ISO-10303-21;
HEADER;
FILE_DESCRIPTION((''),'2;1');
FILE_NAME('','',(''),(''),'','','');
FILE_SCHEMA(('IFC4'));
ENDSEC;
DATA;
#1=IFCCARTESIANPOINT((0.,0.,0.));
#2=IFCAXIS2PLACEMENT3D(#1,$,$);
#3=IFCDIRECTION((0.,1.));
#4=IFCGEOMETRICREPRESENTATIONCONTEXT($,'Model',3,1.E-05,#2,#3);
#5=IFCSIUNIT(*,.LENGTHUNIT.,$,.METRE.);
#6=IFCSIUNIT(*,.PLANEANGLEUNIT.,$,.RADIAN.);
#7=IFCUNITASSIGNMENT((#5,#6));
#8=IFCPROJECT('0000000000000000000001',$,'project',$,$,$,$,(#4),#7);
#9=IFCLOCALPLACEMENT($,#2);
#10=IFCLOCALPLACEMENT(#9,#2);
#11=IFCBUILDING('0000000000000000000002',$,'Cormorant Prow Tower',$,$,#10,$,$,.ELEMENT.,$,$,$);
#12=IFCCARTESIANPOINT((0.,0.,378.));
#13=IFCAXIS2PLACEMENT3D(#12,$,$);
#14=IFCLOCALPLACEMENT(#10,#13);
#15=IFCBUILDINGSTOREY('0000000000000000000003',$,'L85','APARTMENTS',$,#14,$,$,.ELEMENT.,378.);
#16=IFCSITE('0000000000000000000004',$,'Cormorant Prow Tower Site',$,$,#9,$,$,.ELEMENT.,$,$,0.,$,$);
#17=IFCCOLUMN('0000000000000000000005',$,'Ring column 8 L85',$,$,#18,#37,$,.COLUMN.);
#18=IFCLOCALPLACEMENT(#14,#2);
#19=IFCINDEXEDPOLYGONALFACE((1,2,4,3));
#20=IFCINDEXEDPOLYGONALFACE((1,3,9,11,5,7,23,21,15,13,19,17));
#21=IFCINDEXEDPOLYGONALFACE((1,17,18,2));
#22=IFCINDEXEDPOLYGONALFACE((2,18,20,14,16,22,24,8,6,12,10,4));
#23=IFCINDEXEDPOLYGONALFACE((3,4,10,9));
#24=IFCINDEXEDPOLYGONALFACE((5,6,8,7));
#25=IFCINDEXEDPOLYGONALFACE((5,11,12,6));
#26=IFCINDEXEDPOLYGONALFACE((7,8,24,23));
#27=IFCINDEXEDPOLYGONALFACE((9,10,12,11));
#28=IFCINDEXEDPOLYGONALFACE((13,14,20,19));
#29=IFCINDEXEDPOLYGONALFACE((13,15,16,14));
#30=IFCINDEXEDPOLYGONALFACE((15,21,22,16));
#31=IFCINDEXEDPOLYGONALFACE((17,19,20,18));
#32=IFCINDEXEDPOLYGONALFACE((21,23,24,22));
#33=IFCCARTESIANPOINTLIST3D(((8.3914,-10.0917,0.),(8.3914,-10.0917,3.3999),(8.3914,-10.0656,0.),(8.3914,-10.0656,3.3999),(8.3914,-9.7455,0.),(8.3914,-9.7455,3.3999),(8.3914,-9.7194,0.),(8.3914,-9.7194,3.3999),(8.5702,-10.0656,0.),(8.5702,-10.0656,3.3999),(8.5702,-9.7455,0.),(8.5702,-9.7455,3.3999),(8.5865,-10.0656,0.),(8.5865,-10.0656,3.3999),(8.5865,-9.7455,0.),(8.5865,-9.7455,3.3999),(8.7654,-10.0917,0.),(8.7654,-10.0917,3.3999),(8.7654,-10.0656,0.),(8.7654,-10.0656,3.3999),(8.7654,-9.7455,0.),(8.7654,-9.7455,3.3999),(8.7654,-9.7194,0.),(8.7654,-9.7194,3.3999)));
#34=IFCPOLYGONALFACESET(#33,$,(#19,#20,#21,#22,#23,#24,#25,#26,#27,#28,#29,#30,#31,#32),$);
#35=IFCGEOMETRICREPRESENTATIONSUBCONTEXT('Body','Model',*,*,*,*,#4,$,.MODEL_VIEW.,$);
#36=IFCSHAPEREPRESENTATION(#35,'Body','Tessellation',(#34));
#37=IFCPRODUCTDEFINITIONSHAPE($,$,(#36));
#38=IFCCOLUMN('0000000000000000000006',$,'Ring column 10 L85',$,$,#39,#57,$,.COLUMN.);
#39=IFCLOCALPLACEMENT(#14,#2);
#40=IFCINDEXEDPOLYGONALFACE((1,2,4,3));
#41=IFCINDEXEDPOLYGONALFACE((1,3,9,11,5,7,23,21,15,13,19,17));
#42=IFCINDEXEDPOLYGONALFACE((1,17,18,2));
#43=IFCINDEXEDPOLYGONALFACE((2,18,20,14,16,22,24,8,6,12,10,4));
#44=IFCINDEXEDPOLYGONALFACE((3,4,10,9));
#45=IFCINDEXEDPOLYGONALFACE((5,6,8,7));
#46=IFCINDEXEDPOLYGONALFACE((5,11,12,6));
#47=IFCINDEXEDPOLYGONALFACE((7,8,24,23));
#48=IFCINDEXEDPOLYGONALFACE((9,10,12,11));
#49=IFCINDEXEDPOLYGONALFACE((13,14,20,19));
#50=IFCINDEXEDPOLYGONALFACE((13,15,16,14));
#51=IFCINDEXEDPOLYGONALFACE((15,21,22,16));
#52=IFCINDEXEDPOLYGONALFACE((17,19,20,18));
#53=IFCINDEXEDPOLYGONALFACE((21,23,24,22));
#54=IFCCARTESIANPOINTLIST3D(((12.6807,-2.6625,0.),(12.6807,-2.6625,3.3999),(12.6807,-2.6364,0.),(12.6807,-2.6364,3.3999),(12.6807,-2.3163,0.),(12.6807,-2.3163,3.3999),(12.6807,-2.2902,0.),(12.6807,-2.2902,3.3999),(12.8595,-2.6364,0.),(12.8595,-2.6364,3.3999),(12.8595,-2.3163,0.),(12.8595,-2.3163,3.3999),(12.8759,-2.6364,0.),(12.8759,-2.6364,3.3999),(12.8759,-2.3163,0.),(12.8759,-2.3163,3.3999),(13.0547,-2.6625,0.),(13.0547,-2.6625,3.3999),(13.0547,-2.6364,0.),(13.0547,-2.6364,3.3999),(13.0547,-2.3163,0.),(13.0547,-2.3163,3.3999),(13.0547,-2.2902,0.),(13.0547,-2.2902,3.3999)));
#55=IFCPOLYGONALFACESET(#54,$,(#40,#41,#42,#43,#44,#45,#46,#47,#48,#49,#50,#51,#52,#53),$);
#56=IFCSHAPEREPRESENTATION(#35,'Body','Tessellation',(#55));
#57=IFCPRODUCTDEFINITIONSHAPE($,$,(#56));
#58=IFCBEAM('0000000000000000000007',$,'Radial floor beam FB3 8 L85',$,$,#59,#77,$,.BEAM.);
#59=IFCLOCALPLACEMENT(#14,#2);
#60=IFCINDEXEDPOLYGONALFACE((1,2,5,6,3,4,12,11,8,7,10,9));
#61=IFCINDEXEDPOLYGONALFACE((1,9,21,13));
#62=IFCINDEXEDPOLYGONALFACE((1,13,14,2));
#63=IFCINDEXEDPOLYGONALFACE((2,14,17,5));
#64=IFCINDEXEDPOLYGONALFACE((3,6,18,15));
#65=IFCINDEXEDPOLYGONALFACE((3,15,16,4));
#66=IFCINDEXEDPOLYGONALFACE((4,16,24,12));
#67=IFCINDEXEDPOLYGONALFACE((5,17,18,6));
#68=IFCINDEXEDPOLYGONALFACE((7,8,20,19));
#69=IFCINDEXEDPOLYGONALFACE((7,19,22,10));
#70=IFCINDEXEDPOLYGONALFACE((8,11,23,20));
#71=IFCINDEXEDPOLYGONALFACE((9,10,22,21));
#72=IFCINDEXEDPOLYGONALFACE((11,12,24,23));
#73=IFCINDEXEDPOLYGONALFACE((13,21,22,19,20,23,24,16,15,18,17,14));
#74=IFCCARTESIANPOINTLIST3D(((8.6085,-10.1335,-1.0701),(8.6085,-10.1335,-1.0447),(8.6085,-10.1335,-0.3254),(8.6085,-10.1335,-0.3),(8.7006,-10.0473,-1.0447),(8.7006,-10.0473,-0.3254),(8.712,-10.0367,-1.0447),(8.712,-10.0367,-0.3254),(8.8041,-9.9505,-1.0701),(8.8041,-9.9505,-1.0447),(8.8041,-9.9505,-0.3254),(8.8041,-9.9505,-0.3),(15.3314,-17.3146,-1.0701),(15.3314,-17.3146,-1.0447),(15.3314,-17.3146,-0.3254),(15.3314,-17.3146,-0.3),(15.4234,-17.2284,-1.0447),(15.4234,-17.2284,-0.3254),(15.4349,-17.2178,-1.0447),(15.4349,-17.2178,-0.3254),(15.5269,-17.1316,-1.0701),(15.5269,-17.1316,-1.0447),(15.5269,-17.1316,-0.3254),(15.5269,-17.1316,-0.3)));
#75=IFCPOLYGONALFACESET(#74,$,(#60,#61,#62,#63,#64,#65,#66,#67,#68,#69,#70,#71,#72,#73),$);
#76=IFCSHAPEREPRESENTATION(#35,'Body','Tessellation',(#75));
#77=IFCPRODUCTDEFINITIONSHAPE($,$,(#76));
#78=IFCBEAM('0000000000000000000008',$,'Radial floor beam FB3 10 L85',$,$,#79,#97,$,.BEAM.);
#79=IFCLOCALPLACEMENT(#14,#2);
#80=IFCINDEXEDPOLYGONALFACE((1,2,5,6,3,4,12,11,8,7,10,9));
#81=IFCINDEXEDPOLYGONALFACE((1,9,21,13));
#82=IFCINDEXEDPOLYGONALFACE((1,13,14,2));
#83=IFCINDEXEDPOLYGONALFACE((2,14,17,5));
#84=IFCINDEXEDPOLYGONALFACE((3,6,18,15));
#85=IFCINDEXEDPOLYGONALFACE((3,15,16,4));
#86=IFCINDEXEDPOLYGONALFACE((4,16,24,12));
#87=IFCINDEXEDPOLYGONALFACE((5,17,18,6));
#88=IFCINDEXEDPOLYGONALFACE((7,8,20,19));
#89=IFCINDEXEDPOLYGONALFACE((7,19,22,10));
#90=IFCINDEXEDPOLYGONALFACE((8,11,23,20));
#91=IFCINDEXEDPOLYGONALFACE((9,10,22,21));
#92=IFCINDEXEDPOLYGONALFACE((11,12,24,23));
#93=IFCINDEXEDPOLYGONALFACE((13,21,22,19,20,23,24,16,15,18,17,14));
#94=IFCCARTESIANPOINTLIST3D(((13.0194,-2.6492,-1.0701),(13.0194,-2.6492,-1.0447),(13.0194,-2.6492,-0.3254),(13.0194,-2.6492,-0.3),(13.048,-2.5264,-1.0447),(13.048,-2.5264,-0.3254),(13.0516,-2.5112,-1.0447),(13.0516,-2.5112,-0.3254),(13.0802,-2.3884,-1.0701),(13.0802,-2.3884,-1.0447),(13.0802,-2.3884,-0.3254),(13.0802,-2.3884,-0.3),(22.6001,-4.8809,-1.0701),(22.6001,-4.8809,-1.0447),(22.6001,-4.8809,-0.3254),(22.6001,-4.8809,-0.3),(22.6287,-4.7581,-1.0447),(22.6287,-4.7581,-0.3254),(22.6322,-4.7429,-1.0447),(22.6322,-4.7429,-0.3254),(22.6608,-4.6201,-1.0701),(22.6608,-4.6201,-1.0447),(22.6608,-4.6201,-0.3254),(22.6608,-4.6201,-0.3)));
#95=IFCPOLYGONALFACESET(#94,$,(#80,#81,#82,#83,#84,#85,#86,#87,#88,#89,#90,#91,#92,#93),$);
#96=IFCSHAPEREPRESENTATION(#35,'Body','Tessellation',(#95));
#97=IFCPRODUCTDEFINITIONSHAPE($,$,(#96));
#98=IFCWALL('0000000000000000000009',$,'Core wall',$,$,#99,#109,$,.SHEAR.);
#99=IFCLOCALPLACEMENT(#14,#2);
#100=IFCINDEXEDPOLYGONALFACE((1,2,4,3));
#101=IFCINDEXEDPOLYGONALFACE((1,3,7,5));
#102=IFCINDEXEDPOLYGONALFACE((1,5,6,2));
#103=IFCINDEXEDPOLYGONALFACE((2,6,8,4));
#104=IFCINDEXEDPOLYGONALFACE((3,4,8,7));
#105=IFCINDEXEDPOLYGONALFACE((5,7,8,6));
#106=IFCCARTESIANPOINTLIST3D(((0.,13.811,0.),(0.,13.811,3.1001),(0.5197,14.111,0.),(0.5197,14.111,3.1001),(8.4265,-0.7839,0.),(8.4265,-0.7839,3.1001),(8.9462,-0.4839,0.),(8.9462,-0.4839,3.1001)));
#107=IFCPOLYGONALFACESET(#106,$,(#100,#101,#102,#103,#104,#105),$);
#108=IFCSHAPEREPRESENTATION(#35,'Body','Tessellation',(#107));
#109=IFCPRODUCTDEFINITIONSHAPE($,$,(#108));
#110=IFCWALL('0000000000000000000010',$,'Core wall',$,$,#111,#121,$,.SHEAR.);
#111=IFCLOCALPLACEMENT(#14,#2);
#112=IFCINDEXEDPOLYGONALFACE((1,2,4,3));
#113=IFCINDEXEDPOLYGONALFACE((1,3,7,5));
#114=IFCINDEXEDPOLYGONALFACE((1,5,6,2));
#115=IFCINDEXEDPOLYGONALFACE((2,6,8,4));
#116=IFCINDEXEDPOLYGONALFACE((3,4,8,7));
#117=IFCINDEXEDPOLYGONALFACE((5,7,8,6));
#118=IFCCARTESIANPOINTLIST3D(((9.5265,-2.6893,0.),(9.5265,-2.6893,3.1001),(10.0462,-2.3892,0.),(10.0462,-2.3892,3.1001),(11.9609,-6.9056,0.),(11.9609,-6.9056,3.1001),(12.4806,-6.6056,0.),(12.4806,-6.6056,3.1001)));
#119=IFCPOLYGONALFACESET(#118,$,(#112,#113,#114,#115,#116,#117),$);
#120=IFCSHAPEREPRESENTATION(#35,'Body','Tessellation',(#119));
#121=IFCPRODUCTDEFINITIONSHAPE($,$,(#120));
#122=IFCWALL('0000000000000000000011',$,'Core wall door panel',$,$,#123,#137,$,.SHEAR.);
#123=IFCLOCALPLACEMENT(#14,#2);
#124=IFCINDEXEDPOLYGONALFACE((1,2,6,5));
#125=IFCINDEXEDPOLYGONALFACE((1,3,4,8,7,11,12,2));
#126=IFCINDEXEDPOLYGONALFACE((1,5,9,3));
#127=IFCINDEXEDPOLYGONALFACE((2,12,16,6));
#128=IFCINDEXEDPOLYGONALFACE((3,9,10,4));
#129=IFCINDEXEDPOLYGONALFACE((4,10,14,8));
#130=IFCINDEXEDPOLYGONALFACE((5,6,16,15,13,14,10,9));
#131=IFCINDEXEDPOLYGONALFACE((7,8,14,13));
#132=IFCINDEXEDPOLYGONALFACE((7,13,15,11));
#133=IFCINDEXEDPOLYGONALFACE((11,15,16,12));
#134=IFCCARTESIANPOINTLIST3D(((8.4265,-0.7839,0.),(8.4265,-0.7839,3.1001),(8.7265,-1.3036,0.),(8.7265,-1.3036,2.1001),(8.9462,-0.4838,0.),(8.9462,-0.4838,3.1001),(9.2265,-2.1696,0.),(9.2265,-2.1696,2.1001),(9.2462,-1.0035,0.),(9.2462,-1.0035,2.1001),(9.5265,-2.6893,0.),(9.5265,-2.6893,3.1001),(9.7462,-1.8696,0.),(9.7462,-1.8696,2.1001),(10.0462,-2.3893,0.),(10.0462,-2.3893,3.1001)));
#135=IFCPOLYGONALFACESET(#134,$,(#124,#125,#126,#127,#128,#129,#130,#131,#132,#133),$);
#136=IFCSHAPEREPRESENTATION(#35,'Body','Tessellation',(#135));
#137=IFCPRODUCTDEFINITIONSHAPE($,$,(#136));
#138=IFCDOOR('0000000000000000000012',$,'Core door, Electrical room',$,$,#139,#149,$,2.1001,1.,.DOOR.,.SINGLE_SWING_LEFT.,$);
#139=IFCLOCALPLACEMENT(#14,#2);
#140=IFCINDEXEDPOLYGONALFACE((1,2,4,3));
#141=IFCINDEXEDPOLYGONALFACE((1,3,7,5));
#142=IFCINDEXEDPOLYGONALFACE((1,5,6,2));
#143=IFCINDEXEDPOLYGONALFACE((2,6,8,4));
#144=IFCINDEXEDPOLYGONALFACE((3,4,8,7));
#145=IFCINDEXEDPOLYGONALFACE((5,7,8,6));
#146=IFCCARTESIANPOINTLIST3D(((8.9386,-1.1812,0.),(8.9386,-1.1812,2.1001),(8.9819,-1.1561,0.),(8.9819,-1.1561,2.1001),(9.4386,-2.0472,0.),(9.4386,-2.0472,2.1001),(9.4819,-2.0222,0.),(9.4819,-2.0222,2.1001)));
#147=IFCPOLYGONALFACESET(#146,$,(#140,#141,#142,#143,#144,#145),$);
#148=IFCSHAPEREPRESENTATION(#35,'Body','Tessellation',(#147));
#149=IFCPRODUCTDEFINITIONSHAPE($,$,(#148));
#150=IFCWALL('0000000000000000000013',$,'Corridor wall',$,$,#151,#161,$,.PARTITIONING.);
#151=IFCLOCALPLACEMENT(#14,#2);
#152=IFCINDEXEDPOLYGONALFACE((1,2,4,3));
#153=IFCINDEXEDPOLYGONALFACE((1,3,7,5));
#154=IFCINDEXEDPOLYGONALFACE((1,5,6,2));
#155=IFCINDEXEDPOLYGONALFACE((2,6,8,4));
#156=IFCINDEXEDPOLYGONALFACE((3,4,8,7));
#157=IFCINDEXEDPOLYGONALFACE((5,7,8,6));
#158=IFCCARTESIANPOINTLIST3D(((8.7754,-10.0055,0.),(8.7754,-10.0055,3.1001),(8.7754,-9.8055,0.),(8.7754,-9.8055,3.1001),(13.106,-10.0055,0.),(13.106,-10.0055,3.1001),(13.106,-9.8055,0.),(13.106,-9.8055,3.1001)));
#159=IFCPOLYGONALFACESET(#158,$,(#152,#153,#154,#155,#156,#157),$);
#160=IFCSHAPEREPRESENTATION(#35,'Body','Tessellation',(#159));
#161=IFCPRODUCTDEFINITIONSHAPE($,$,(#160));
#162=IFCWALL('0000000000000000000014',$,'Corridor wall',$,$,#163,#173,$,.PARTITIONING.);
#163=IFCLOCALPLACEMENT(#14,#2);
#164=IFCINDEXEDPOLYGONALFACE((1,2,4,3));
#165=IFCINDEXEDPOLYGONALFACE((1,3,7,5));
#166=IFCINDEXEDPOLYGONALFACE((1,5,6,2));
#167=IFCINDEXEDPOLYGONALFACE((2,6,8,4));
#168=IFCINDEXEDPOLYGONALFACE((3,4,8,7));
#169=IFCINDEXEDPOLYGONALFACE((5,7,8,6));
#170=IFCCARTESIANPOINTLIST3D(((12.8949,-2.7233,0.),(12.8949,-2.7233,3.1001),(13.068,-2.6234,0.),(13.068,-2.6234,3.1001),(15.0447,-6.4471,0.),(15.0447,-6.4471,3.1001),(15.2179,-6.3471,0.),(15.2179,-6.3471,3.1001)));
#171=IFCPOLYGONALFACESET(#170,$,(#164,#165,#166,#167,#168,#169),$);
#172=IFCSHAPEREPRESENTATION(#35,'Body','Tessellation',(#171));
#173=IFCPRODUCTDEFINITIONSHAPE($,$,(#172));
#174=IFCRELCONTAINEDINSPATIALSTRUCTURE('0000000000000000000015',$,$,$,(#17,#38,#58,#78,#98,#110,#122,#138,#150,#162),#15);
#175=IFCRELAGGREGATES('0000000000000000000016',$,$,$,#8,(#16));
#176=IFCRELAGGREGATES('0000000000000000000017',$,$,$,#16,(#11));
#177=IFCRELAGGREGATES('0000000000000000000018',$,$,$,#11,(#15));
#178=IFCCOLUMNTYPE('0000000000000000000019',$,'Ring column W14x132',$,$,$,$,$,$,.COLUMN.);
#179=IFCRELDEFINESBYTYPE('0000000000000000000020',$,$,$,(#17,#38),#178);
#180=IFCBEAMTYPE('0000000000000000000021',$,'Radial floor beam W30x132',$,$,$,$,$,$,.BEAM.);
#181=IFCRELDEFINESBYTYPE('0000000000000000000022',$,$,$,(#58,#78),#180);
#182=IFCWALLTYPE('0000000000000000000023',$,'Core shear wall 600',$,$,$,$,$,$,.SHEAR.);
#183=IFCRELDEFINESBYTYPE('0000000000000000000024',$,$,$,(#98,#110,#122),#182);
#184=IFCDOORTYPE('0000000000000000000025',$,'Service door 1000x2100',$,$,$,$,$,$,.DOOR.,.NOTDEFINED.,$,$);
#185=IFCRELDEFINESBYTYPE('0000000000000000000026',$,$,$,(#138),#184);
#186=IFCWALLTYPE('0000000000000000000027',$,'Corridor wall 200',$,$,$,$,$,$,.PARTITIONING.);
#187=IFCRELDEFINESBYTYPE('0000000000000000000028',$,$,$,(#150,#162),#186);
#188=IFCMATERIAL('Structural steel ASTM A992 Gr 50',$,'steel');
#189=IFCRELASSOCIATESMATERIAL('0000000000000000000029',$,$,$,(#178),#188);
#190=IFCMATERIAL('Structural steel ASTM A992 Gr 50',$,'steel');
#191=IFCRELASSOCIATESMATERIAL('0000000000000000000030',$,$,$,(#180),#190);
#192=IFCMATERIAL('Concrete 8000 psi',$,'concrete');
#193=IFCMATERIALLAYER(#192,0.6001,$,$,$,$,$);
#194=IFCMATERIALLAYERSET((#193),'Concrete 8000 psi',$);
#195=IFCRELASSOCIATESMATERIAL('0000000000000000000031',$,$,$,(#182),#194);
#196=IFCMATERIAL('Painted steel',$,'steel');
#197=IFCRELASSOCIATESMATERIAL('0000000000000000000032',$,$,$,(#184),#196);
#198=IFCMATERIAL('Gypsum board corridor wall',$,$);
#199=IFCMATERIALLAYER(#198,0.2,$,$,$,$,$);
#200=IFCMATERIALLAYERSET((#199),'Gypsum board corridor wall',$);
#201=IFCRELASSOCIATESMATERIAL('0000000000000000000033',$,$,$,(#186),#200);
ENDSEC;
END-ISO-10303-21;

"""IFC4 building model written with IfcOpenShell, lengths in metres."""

from ifc_helpers import new_model, si_unit, direction, frame, frame_2d, origin, origin_2d, place, context, subcontext, project, spatial, rectangle, i_section, extrude, material, layer, layer_set, material_profile, profile_set, type_object, element, fill, save


model = new_model("IFC4")

# Units and contexts
model_context = context("Model", 3, precision=1e-05, world=origin(), true_north=direction((0.0, 1.0)))
body_context = subcontext(model_context, "Body", "Model", "MODEL_VIEW")
ifc_project = project(units=[si_unit("LENGTHUNIT", "METRE"), si_unit("PLANEANGLEUNIT", "RADIAN")], contexts=[model_context])

# Site, building, storey
site_placement = place(None, origin())
site = spatial("IfcSite", under=ifc_project, at=site_placement, Name="Cormorant Prow Tower Site", CompositionType="ELEMENT", RefElevation=0.0)
building_placement = place(site_placement, origin())
building = spatial("IfcBuilding", under=site, at=building_placement, Name="Cormorant Prow Tower", CompositionType="ELEMENT")
storey_placement = place(building_placement, frame((0.0, 0.0, 378.0)))
storey = spatial("IfcBuildingStorey", under=building, at=storey_placement, Name="L85", Description="APARTMENTS", CompositionType="ELEMENT", Elevation=378.0)

# Columns
ifc_material_1 = material(Name="Structural steel ASTM A992 Gr 50", Category="steel")
ifc_material_profile_1 = material_profile(ifc_material_1, i_section(OverallWidth=0.374, OverallDepth=0.3723, WebThickness=0.0164, FlangeThickness=0.0261, at=origin_2d()), Name="W14x132")
ifc_profile_set_1 = profile_set([ifc_material_profile_1], Name="Structural steel ASTM A992 Gr 50")
column_type = type_object("IfcColumnType", Name="Ring column W14x132", PredefinedType="COLUMN", material=ifc_profile_set_1)
for number, where, z_axis, x_axis, name in (
    (1, (8.5784, -9.9055, 0.0), (0.0, 0.0, 1.0), (1.0, 0.0, 0.0), "Ring column 8 L85"),
    (2, (12.8677, -2.4763, 0.0), (0.0, 0.0, 1.0), (1.0, 0.0, 0.0), "Ring column 10 L85"),
):
    element("IfcColumn", number, at=place(storey_placement, frame(where, z_axis=z_axis, x_axis=x_axis)), inside=storey, type_object=column_type, Name=name, PredefinedType="COLUMN", context=body_context, shape_type="SweptSolid", body=[
        extrude(i_section(OverallWidth=0.374, OverallDepth=0.3723, WebThickness=0.0164, FlangeThickness=0.0261, at=origin_2d()), origin(), (0.0, 0.0, 1.0), 3.3999),
    ])

# Beams
ifc_material_2 = material(Name="Structural steel ASTM A992 Gr 50", Category="steel")
ifc_material_profile_2 = material_profile(ifc_material_2, i_section(OverallWidth=0.2678, OverallDepth=0.77, WebThickness=0.0156, FlangeThickness=0.0254, at=origin_2d()), Name="W30x132")
ifc_profile_set_2 = profile_set([ifc_material_profile_2], Name="Structural steel ASTM A992 Gr 50")
beam_type = type_object("IfcBeamType", Name="Radial floor beam W30x132", PredefinedType="BEAM", material=ifc_profile_set_2)
beam_1_placement = place(storey_placement, frame((8.7063, -10.042, -0.6851), z_axis=(0.683431, -0.730015, 0.0), x_axis=(0.730015, 0.683431, 0.0)))
element("IfcBeam", 3, at=beam_1_placement, inside=storey, type_object=beam_type, Name="Radial floor beam FB3 8 L85", PredefinedType="BEAM", context=body_context, shape_type="SweptSolid", body=[
    extrude(i_section(OverallWidth=0.2678, OverallDepth=0.77, WebThickness=0.0156, FlangeThickness=0.0254, at=origin_2d()), origin(), (0.0, 0.0, 1.0), 9.8369),
])
beam_2_placement = place(storey_placement, frame((13.0498, -2.5188, -0.6851), z_axis=(0.973926, -0.226866, 0.0), x_axis=(0.226866, 0.973926, 0.0)))
element("IfcBeam", 4, at=beam_2_placement, inside=storey, type_object=beam_type, Name="Radial floor beam FB3 10 L85", PredefinedType="BEAM", context=body_context, shape_type="SweptSolid", body=[
    extrude(i_section(OverallWidth=0.2678, OverallDepth=0.77, WebThickness=0.0156, FlangeThickness=0.0254, at=origin_2d()), origin(), (0.0, 0.0, 1.0), 9.8372),
])

# Walls
ifc_material_3 = material(Name="Concrete 8000 psi", Category="concrete")
ifc_layer_1 = layer(ifc_material_3, 0.6001)
ifc_layer_set_1 = layer_set([ifc_layer_1], Name="Concrete 8000 psi")
wall_type_1 = type_object("IfcWallType", Name="Core shear wall 600", PredefinedType="SHEAR", material=ifc_layer_set_1)
wall_1_placement = place(storey_placement, frame((8.6863, -0.6338, 0.0), z_axis=(0.0, 0.0, 1.0), x_axis=(-0.500005, 0.866023, 0.0)))
element("IfcWall", 5, at=wall_1_placement, inside=storey, type_object=wall_type_1, Name="Core wall", PredefinedType="SHEAR", context=body_context, shape_type="SweptSolid", body=[
    extrude(rectangle(XDim=16.8528, YDim=0.6001, at=frame_2d((8.4263, 0.0))), origin(), (0.0, 0.0, 1.0), 3.1001),
])
wall_2_placement = place(storey_placement, frame((12.2207, -6.7556, 0.0), z_axis=(0.0, 0.0, 1.0), x_axis=(-0.500006, 0.866022, 0.0)))
element("IfcWall", 6, at=wall_2_placement, inside=storey, type_object=wall_type_1, Name="Core wall", PredefinedType="SHEAR", context=body_context, shape_type="SweptSolid", body=[
    extrude(rectangle(XDim=4.8687, YDim=0.6001, at=frame_2d((2.4343, 0.0))), origin(), (0.0, 0.0, 1.0), 3.1001),
])

# Wall, opening, door
wall_3_placement = place(storey_placement, frame((9.7864, -2.5393, 0.0), z_axis=(0.0, 0.0, 1.0), x_axis=(-0.499982, 0.866036, 0.0)))
wall_3 = element("IfcWall", 7, at=wall_3_placement, inside=storey, type_object=wall_type_1, Name="Core wall door panel", PredefinedType="SHEAR", context=body_context, shape_type="SweptSolid", body=[
    extrude(rectangle(XDim=2.2002, YDim=0.6001, at=frame_2d((1.1001, 0.0))), origin(), (0.0, 0.0, 1.0), 3.1001),
])
opening_1_placement = place(wall_3_placement, frame((0.6001, 0.0, 0.0)))
opening_1 = element("IfcOpeningElement", 8, at=opening_1_placement, cuts=wall_3, PredefinedType="OPENING", context=body_context, shape_type="SweptSolid", body=[
    extrude(rectangle(XDim=1.0, YDim=2.1001, at=frame_2d((0.5, 1.05))), frame((0.0, 0.3101, 0.0), z_axis=(0.0, -1.0, 0.0), x_axis=(1.0, 0.0, 0.0)), (0.0, 0.0, 1.0), 0.6201),
])
ifc_material_4 = material(Name="Painted steel", Category="steel")
door_type_1 = type_object("IfcDoorType", Name="Service door 1000x2100", OperationType="NOTDEFINED", PredefinedType="DOOR", material=ifc_material_4)
door_1_placement = place(opening_1_placement, origin())
door_1 = element("IfcDoor", 9, at=door_1_placement, inside=storey, type_object=door_type_1, Name="Core door, Electrical room", OperationType="SINGLE_SWING_LEFT", OverallHeight=2.1001, OverallWidth=1.0, PredefinedType="DOOR", context=body_context, shape_type="SweptSolid", body=[
    extrude(rectangle(XDim=1.0, YDim=2.1001, at=frame_2d((0.5, 1.05))), frame((0.0, 0.0552, 0.0), z_axis=(0.0, -1.0, 0.0), x_axis=(1.0, 0.0, 0.0)), (0.0, 0.0, 1.0), 0.05),
])
fill(opening_1, door_1)

# Walls
ifc_material_5 = material(Name="Gypsum board corridor wall")
ifc_layer_2 = layer(ifc_material_5, 0.2)
ifc_layer_set_2 = layer_set([ifc_layer_2], Name="Gypsum board corridor wall")
wall_type_2 = type_object("IfcWallType", Name="Corridor wall 200", PredefinedType="PARTITIONING", material=ifc_layer_set_2)
wall_4_placement = place(storey_placement, frame((8.7754, -9.9055, 0.0), z_axis=(0.0, 0.0, 1.0), x_axis=(1.0, 0.0, 0.0)))
element("IfcWall", 10, at=wall_4_placement, inside=storey, type_object=wall_type_2, Name="Corridor wall", PredefinedType="PARTITIONING", context=body_context, shape_type="SweptSolid", body=[
    extrude(rectangle(XDim=4.3306, YDim=0.2, at=frame_2d((2.1653, 0.0))), origin(), (0.0, 0.0, 1.0), 3.1001),
])
wall_5_placement = place(storey_placement, frame((12.9814, -2.6733, 0.0), z_axis=(0.0, 0.0, 1.0), x_axis=(0.499986, -0.866033, 0.0)))
element("IfcWall", 11, at=wall_5_placement, inside=storey, type_object=wall_type_2, Name="Corridor wall", PredefinedType="PARTITIONING", context=body_context, shape_type="SweptSolid", body=[
    extrude(rectangle(XDim=4.2998, YDim=0.2, at=frame_2d((2.1499, 0.0))), origin(), (0.0, 0.0, 1.0), 3.1001),
])

save(model, "model.ifc")
